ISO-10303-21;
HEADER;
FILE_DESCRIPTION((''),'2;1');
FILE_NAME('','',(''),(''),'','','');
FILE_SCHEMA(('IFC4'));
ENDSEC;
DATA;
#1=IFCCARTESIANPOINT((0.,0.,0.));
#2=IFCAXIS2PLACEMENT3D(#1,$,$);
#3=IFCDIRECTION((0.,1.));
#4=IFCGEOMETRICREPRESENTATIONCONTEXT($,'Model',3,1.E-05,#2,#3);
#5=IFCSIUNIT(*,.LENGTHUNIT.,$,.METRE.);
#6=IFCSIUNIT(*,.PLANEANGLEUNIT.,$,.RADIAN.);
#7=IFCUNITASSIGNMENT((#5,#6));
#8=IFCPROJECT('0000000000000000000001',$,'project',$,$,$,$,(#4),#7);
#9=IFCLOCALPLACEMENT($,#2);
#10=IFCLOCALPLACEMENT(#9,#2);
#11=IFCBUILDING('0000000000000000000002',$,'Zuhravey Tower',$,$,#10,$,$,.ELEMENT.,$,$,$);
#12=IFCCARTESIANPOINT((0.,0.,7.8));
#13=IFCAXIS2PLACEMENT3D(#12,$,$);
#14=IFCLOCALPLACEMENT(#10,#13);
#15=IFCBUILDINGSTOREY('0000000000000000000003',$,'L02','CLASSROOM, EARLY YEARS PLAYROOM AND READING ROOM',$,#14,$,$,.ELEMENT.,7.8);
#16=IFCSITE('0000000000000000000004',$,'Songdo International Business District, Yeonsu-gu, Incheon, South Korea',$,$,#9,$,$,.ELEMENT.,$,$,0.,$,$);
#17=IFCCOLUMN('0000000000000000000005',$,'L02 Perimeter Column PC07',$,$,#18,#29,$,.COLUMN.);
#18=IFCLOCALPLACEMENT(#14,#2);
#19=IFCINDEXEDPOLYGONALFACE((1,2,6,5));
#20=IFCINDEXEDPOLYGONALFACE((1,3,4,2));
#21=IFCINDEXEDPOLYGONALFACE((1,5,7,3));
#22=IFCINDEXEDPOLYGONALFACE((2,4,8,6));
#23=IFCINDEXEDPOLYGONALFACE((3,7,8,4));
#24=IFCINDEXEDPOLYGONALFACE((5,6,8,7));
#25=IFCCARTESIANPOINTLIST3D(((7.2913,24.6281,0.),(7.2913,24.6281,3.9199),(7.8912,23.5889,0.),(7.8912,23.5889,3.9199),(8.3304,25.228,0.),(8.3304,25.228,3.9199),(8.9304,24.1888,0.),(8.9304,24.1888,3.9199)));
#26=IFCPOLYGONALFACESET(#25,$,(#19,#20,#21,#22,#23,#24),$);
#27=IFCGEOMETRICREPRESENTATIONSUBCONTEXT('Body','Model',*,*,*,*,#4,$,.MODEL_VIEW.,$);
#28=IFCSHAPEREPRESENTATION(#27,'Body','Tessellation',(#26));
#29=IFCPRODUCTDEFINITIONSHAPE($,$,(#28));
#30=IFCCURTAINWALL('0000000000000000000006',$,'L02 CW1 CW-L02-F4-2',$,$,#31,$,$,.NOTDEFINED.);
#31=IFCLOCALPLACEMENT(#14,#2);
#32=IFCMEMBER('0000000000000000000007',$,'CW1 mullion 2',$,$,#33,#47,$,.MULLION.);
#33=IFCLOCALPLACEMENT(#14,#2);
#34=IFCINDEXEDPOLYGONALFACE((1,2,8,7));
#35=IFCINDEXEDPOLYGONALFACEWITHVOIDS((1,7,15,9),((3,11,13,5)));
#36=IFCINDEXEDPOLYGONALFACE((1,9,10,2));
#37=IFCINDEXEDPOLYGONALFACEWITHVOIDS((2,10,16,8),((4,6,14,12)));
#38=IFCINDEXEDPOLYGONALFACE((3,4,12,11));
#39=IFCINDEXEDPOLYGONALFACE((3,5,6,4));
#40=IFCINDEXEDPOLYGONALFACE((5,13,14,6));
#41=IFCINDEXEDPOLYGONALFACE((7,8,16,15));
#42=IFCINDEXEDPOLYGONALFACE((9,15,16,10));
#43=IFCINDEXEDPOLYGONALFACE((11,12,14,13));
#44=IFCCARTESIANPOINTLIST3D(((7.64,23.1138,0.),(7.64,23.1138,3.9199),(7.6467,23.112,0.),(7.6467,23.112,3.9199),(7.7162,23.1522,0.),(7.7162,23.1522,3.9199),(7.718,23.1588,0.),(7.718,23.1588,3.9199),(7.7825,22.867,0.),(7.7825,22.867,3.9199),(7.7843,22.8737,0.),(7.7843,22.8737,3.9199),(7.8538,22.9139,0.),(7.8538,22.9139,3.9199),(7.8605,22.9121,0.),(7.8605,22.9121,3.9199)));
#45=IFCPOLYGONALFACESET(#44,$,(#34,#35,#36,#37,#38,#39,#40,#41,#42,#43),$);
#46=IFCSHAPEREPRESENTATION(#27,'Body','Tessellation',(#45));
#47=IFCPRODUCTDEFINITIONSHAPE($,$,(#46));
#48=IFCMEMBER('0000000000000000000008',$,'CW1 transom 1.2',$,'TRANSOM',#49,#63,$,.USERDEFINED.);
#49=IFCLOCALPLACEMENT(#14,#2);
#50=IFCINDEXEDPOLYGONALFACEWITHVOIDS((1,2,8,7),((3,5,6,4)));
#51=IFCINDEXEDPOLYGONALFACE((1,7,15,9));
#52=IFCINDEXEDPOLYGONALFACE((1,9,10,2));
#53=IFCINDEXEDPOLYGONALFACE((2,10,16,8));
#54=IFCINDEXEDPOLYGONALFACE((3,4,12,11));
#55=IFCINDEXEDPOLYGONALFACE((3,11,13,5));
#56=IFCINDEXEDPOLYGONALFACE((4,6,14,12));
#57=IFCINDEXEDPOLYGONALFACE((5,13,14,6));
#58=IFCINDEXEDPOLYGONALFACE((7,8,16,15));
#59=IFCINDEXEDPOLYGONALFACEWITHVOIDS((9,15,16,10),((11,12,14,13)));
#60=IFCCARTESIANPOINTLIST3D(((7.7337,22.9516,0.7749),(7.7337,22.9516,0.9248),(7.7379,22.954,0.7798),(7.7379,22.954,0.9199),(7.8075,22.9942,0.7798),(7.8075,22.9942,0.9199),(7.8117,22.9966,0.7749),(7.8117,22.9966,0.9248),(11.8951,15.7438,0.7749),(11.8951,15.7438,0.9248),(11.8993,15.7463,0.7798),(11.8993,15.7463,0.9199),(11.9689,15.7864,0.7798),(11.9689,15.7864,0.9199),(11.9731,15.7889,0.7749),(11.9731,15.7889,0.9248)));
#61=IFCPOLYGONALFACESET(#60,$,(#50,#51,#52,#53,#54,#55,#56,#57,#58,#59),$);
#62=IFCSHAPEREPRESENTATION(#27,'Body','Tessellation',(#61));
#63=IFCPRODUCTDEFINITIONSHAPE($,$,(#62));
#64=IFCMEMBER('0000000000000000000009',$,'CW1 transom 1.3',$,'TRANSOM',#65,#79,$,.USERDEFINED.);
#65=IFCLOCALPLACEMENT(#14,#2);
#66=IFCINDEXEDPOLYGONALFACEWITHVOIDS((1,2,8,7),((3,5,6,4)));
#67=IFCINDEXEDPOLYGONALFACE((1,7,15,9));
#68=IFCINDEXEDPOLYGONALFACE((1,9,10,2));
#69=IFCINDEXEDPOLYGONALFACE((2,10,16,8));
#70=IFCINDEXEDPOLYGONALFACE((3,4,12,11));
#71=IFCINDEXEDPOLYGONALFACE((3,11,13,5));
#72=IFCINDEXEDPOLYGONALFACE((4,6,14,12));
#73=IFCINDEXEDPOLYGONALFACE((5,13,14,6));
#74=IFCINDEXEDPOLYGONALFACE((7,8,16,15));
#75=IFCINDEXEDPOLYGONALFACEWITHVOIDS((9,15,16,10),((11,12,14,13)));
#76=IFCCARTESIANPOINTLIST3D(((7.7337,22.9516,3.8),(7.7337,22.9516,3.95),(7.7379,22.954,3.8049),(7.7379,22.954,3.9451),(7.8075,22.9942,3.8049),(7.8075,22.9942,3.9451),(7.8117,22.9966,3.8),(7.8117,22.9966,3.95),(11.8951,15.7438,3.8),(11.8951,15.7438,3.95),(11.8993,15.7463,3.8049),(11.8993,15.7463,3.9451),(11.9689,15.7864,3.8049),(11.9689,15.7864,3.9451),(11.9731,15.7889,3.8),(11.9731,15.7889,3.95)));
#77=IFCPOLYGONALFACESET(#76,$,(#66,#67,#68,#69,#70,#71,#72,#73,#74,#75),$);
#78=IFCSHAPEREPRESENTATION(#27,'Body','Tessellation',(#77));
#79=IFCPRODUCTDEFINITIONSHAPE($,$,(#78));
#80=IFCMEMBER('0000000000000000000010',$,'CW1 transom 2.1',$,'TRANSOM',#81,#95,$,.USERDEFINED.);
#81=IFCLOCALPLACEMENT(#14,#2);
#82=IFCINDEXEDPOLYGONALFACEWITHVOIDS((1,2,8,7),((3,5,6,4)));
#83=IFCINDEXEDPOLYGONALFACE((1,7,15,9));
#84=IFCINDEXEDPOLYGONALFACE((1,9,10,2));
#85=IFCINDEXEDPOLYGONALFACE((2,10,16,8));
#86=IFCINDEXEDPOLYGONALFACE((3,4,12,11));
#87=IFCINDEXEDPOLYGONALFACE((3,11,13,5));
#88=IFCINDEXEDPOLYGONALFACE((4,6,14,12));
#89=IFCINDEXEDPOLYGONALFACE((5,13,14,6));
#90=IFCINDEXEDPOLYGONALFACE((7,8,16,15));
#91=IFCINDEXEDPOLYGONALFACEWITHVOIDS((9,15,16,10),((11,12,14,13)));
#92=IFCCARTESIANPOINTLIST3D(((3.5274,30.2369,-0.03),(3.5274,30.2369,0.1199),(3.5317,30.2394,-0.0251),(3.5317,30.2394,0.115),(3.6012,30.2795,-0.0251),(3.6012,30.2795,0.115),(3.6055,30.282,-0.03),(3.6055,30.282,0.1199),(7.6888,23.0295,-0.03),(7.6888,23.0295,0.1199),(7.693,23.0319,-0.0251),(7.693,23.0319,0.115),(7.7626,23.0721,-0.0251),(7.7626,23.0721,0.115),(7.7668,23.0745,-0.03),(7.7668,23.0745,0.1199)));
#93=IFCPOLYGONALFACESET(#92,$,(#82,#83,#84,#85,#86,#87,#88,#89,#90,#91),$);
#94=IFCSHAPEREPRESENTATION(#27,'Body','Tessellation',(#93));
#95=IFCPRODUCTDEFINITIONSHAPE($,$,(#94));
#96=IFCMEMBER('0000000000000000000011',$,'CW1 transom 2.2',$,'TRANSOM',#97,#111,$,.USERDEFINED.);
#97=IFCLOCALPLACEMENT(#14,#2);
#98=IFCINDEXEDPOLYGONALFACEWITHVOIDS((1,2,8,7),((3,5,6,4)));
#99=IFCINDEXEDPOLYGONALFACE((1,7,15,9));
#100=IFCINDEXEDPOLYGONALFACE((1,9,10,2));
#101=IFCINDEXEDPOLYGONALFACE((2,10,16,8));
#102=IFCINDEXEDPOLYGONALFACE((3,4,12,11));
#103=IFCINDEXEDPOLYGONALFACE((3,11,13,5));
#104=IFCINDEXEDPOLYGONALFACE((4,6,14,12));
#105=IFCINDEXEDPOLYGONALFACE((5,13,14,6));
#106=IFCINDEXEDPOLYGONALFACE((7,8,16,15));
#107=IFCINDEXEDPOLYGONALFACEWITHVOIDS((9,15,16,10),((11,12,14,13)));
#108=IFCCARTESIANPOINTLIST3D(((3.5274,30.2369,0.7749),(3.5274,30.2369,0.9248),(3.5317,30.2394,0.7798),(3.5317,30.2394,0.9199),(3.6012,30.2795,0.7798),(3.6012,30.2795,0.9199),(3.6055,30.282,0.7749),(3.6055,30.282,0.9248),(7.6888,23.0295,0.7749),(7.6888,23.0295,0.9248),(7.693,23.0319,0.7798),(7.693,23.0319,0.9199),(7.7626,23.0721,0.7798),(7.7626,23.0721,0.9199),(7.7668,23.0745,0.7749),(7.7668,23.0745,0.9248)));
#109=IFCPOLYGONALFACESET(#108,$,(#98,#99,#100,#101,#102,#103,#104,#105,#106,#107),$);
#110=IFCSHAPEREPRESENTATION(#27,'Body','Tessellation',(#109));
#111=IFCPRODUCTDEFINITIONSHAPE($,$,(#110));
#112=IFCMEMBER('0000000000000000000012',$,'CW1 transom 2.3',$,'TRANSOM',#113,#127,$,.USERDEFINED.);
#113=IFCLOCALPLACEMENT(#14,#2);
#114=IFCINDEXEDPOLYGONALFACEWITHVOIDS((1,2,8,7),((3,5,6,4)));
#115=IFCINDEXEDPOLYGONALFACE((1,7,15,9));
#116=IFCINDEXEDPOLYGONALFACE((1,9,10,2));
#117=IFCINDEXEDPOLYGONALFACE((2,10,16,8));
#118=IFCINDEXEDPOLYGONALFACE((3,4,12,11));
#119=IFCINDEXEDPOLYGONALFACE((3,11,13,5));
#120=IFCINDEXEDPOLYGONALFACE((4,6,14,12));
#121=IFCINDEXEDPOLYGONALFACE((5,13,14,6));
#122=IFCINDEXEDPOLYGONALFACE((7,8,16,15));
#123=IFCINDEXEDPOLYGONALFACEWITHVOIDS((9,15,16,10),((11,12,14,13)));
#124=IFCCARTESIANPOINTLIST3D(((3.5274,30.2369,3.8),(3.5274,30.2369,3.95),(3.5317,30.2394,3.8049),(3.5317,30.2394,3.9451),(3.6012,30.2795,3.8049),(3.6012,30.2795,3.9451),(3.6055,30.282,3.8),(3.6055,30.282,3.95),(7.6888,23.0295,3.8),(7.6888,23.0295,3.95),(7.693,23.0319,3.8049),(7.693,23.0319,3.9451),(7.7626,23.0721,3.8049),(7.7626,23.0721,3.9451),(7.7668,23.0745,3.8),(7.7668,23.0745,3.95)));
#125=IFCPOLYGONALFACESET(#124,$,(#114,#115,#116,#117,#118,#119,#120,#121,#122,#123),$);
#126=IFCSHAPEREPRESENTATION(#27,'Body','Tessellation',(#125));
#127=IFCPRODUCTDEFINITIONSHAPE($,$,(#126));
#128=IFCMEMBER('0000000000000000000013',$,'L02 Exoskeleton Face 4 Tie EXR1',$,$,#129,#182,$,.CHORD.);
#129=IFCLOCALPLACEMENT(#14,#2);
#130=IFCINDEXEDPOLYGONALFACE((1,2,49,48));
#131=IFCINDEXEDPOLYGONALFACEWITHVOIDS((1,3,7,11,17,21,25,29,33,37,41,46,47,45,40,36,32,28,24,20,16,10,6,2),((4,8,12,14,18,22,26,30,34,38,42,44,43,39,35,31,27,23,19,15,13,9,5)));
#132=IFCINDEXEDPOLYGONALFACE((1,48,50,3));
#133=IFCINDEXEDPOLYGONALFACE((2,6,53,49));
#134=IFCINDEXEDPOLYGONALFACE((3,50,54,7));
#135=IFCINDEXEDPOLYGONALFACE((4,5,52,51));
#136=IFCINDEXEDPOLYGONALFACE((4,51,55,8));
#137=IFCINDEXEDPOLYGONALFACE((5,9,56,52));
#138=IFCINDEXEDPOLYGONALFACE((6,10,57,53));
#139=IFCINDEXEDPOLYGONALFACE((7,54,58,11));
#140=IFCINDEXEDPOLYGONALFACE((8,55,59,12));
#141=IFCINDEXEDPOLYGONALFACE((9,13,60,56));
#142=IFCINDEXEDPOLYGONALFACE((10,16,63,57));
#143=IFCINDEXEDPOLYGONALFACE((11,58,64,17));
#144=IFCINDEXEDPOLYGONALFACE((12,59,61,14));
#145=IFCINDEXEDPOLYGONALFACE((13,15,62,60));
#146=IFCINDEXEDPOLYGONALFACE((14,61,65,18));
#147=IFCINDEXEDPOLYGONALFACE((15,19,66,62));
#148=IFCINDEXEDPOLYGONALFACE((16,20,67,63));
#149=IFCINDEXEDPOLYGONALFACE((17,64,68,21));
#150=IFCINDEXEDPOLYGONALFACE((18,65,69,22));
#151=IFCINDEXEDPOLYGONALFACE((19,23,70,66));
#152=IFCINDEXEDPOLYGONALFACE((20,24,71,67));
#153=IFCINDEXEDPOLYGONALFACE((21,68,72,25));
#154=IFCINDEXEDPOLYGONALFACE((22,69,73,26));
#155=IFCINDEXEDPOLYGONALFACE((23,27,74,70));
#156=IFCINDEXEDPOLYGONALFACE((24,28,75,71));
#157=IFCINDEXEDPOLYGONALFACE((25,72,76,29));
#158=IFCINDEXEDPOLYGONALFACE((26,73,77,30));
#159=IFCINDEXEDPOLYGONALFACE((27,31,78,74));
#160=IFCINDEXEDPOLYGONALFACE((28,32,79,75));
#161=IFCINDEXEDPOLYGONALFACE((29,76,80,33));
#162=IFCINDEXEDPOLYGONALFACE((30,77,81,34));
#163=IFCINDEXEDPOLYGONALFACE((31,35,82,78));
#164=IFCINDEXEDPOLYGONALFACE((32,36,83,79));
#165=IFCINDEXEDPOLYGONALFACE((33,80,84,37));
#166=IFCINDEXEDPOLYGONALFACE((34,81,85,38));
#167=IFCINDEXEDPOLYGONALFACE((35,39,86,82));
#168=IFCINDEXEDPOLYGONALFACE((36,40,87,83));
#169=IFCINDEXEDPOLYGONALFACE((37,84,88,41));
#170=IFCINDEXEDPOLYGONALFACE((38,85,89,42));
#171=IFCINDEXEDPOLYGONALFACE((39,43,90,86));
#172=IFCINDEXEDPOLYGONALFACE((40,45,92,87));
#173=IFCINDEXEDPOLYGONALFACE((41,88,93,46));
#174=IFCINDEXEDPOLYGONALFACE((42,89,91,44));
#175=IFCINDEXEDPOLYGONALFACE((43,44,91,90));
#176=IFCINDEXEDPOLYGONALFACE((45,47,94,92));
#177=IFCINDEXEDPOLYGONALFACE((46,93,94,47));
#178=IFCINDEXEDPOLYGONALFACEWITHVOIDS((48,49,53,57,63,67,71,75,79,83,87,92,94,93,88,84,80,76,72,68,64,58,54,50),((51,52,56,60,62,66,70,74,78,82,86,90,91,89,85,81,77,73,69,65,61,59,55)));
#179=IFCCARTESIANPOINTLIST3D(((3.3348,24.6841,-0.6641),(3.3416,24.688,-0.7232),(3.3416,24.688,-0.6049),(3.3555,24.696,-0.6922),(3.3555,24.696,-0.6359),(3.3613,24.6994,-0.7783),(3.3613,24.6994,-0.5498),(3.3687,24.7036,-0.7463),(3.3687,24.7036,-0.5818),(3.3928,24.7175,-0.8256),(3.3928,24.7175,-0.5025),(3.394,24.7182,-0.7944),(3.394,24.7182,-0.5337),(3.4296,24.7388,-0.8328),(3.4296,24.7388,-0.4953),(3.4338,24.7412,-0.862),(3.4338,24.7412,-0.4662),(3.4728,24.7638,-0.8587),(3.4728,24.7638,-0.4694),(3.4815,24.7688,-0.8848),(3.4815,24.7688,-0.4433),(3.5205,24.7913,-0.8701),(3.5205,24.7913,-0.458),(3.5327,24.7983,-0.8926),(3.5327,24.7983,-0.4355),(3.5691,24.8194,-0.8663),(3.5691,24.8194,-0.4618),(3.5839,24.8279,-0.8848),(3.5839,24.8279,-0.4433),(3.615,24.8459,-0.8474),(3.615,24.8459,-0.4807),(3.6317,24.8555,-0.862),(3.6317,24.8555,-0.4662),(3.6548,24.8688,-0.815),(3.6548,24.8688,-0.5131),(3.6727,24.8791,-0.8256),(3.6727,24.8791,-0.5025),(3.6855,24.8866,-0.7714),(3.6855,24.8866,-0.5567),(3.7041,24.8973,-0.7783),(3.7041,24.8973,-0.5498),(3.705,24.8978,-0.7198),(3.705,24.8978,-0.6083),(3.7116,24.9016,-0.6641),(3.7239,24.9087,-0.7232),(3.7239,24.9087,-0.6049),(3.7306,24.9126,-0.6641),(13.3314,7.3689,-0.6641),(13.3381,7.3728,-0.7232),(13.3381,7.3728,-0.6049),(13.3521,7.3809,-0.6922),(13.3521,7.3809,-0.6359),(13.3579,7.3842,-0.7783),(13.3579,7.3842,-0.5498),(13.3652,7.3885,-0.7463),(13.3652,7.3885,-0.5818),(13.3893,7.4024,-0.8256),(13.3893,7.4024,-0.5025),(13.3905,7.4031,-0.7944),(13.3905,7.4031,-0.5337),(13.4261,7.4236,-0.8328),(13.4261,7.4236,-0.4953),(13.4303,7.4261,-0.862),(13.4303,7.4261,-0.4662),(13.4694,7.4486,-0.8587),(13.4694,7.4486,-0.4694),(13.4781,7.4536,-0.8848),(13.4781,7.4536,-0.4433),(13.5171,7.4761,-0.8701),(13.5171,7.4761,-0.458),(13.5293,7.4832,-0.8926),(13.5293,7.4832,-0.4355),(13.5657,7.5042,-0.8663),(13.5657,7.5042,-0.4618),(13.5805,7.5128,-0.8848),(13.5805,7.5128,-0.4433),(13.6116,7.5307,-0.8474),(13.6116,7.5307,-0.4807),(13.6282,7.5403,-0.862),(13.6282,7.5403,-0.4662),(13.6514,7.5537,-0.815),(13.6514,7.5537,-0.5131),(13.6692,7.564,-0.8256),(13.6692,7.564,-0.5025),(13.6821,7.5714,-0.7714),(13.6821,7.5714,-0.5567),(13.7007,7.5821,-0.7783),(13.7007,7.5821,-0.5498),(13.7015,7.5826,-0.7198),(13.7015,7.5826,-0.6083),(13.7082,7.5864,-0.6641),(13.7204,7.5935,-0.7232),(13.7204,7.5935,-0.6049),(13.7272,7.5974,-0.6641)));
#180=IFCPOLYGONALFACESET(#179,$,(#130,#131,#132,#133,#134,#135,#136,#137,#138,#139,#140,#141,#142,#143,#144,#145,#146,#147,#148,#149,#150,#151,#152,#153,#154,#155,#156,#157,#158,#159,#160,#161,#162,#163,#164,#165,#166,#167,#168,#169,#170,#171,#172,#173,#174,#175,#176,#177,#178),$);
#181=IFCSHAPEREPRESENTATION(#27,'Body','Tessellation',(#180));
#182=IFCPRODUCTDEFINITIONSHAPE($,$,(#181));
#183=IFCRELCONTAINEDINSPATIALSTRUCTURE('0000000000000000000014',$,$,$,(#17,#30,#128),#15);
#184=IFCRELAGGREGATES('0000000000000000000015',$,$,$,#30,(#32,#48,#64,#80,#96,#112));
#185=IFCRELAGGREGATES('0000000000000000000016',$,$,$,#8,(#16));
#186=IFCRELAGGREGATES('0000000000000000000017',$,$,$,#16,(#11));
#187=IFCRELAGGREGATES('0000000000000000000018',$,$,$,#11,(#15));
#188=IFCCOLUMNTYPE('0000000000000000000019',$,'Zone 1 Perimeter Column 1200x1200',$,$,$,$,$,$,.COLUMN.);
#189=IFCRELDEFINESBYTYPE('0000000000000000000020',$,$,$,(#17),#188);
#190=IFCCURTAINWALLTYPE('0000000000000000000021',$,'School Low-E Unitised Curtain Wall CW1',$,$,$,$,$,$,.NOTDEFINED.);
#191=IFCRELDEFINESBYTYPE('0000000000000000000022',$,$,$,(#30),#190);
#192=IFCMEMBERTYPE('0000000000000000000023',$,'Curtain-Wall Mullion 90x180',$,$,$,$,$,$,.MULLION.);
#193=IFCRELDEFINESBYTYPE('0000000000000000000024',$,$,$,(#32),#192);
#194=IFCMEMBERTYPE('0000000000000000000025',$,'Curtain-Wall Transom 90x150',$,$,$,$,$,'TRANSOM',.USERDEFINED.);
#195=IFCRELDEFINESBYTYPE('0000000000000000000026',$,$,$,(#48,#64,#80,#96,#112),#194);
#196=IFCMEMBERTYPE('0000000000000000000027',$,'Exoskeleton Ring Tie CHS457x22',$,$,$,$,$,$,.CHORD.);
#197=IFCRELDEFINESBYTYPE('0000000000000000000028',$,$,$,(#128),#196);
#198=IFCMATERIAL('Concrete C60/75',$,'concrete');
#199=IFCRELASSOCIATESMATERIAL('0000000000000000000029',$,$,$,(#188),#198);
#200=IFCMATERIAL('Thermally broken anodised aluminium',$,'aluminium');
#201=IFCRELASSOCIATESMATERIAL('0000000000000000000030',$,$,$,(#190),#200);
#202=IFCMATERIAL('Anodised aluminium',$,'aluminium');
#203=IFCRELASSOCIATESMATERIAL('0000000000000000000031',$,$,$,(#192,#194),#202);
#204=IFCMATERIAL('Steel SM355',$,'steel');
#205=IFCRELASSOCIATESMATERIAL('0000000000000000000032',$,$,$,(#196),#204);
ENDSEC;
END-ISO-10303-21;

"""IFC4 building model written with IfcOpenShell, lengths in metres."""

from ifc_helpers import new_model, si_unit, direction, frame, origin, origin_2d, place, context, subcontext, project, spatial, rectangle, hollow_rectangle, hollow_circle, extrude, material, material_profile, profile_set, type_object, element, aggregate, save


model = new_model("IFC4")

# Units and contexts
model_context = context("Model", 3, precision=1e-05, world=origin(), true_north=direction((0.0, 1.0)))
body_context = subcontext(model_context, "Body", "Model", "MODEL_VIEW")
ifc_project = project(units=[si_unit("LENGTHUNIT", "METRE"), si_unit("PLANEANGLEUNIT", "RADIAN")], contexts=[model_context])

# Site, building, storey
site_placement = place(None, origin())
site = spatial("IfcSite", under=ifc_project, at=site_placement, Name="Songdo International Business District, Yeonsu-gu, Incheon, South Korea", CompositionType="ELEMENT", RefElevation=0.0)
building_placement = place(site_placement, origin())
building = spatial("IfcBuilding", under=site, at=building_placement, Name="Zuhravey Tower", CompositionType="ELEMENT")
storey_placement = place(building_placement, frame((0.0, 0.0, 7.8)))
storey = spatial("IfcBuildingStorey", under=building, at=storey_placement, Name="L02", Description="CLASSROOM, EARLY YEARS PLAYROOM AND READING ROOM", CompositionType="ELEMENT", Elevation=7.8)

# Column
ifc_material_1 = material(Name="Concrete C60/75", Category="concrete")
ifc_material_profile_1 = material_profile(ifc_material_1, rectangle(XDim=1.2, YDim=1.2, at=origin_2d()), Name="RC-1200x1200")
ifc_profile_set_1 = profile_set([ifc_material_profile_1], Name="Concrete C60/75")
column_type = type_object("IfcColumnType", Name="Zone 1 Perimeter Column 1200x1200", PredefinedType="COLUMN", material=ifc_profile_set_1)
column_placement = place(storey_placement, frame((8.1108, 24.4084, 0.0), z_axis=(0.0, 0.0, 1.0), x_axis=(0.5, -0.866025, 0.0)))
element("IfcColumn", 1, at=column_placement, inside=storey, type_object=column_type, Name="L02 Perimeter Column PC07", PredefinedType="COLUMN", context=body_context, shape_type="SweptSolid", body=[
    extrude(rectangle(XDim=1.2, YDim=1.2, at=origin_2d()), origin(), (0.0, 0.0, 1.0), 3.9199),
])

# Curtain wall, members
ifc_material_2 = material(Name="Thermally broken anodised aluminium", Category="aluminium")
curtain_wall_type = type_object("IfcCurtainWallType", Name="School Low-E Unitised Curtain Wall CW1", PredefinedType="NOTDEFINED", material=ifc_material_2)
curtain_wall_placement = place(storey_placement, origin())
curtain_wall = element("IfcCurtainWall", 2, at=curtain_wall_placement, inside=storey, type_object=curtain_wall_type, Name="L02 CW1 CW-L02-F4-2", PredefinedType="NOTDEFINED")
ifc_material_3 = material(Name="Anodised aluminium", Category="aluminium")
ifc_material_profile_2 = material_profile(ifc_material_3, hollow_rectangle(XDim=0.0901, YDim=0.2849, WallThickness=0.0049, at=origin_2d()), Name="ALU-RHS-90x285x5")
ifc_profile_set_2 = profile_set([ifc_material_profile_2], Name="Anodised aluminium")
member_type_1 = type_object("IfcMemberType", Name="Curtain-Wall Mullion 90x180", PredefinedType="MULLION", material=ifc_profile_set_2)
member_1_placement = place(storey_placement, frame((7.7502, 23.0129, 0.0), z_axis=(0.0, 0.0, 1.0), x_axis=(-0.866026, -0.5, 0.0)))
member_1 = element("IfcMember", 3, at=member_1_placement, type_object=member_type_1, Name="CW1 mullion 2", PredefinedType="MULLION", context=body_context, shape_type="SweptSolid", body=[
    extrude(hollow_rectangle(XDim=0.0901, YDim=0.2849, WallThickness=0.0049, at=origin_2d()), origin(), (0.0, 0.0, 1.0), 3.9199),
])
ifc_material_profile_3 = material_profile(ifc_material_3, hollow_rectangle(XDim=0.0901, YDim=0.1499, WallThickness=0.0049, at=origin_2d()), Name="ALU-RHS-90x150x5")
ifc_profile_set_3 = profile_set([ifc_material_profile_3], Name="Anodised aluminium")
member_type_2 = type_object("IfcMemberType", Name="Curtain-Wall Transom 90x150", ElementType="TRANSOM", PredefinedType="USERDEFINED", material=ifc_profile_set_3)
member_2_placement = place(storey_placement, frame((11.9341, 15.7664, 0.8499), z_axis=(-0.499998, 0.866027, 0.0), x_axis=(-0.866027, -0.499998, 0.0)))
member_2 = element("IfcMember", 4, at=member_2_placement, type_object=member_type_2, Name="CW1 transom 1.2", ObjectType="TRANSOM", PredefinedType="USERDEFINED", context=body_context, shape_type="SweptSolid", body=[
    extrude(hollow_rectangle(XDim=0.0901, YDim=0.1499, WallThickness=0.0049, at=origin_2d()), origin(), (0.0, 0.0, 1.0), 8.3228),
])
member_3_placement = place(storey_placement, frame((11.9341, 15.7664, 3.875), z_axis=(-0.499998, 0.866027, 0.0), x_axis=(-0.866027, -0.499998, 0.0)))
member_3 = element("IfcMember", 5, at=member_3_placement, type_object=member_type_2, Name="CW1 transom 1.3", ObjectType="TRANSOM", PredefinedType="USERDEFINED", context=body_context, shape_type="SweptSolid", body=[
    extrude(hollow_rectangle(XDim=0.0901, YDim=0.1499, WallThickness=0.0049, at=origin_2d()), origin(), (0.0, 0.0, 1.0), 8.3228),
])
member_4_placement = place(storey_placement, frame((7.7278, 23.052, 0.0449), z_axis=(-0.50001, 0.866019, 0.0), x_axis=(-0.866019, -0.50001, 0.0)))
member_4 = element("IfcMember", 6, at=member_4_placement, type_object=member_type_2, Name="CW1 transom 2.1", ObjectType="TRANSOM", PredefinedType="USERDEFINED", context=body_context, shape_type="SweptSolid", body=[
    extrude(hollow_rectangle(XDim=0.0901, YDim=0.1499, WallThickness=0.0049, at=origin_2d()), origin(), (0.0, 0.0, 1.0), 8.3225),
])
member_5_placement = place(storey_placement, frame((7.7278, 23.052, 0.8499), z_axis=(-0.50001, 0.866019, 0.0), x_axis=(-0.866019, -0.50001, 0.0)))
member_5 = element("IfcMember", 7, at=member_5_placement, type_object=member_type_2, Name="CW1 transom 2.2", ObjectType="TRANSOM", PredefinedType="USERDEFINED", context=body_context, shape_type="SweptSolid", body=[
    extrude(hollow_rectangle(XDim=0.0901, YDim=0.1499, WallThickness=0.0049, at=origin_2d()), origin(), (0.0, 0.0, 1.0), 8.3225),
])
member_6_placement = place(storey_placement, frame((7.7278, 23.052, 3.875), z_axis=(-0.50001, 0.866019, 0.0), x_axis=(-0.866019, -0.50001, 0.0)))
member_6 = element("IfcMember", 8, at=member_6_placement, type_object=member_type_2, Name="CW1 transom 2.3", ObjectType="TRANSOM", PredefinedType="USERDEFINED", context=body_context, shape_type="SweptSolid", body=[
    extrude(hollow_rectangle(XDim=0.0901, YDim=0.1499, WallThickness=0.0049, at=origin_2d()), origin(), (0.0, 0.0, 1.0), 8.3225),
])

# Member
ifc_material_4 = material(Name="Steel SM355", Category="steel")
ifc_material_profile_4 = material_profile(ifc_material_4, hollow_circle(Radius=0.2285, WallThickness=0.022, at=origin_2d()), Name="CHS-457.2x22")
ifc_profile_set_4 = profile_set([ifc_material_profile_4], Name="Steel SM355")
member_type_3 = type_object("IfcMemberType", Name="Exoskeleton Ring Tie CHS457x22", PredefinedType="CHORD", material=ifc_profile_set_4)
member_7_placement = place(storey_placement, frame((3.5327, 24.7983, -0.6641), z_axis=(0.499987, -0.866033, 0.0), x_axis=(0.866033, 0.499987, 0.0)))
element("IfcMember", 9, at=member_7_placement, inside=storey, type_object=member_type_3, Name="L02 Exoskeleton Face 4 Tie EXR1", PredefinedType="CHORD", context=body_context, shape_type="SweptSolid", body=[
    extrude(hollow_circle(Radius=0.2285, WallThickness=0.022, at=origin_2d()), origin(), (0.0, 0.0, 1.0), 19.9937),
])

aggregate(curtain_wall, [member_1, member_2, member_3, member_4, member_5, member_6])

save(model, "model.ifc")
